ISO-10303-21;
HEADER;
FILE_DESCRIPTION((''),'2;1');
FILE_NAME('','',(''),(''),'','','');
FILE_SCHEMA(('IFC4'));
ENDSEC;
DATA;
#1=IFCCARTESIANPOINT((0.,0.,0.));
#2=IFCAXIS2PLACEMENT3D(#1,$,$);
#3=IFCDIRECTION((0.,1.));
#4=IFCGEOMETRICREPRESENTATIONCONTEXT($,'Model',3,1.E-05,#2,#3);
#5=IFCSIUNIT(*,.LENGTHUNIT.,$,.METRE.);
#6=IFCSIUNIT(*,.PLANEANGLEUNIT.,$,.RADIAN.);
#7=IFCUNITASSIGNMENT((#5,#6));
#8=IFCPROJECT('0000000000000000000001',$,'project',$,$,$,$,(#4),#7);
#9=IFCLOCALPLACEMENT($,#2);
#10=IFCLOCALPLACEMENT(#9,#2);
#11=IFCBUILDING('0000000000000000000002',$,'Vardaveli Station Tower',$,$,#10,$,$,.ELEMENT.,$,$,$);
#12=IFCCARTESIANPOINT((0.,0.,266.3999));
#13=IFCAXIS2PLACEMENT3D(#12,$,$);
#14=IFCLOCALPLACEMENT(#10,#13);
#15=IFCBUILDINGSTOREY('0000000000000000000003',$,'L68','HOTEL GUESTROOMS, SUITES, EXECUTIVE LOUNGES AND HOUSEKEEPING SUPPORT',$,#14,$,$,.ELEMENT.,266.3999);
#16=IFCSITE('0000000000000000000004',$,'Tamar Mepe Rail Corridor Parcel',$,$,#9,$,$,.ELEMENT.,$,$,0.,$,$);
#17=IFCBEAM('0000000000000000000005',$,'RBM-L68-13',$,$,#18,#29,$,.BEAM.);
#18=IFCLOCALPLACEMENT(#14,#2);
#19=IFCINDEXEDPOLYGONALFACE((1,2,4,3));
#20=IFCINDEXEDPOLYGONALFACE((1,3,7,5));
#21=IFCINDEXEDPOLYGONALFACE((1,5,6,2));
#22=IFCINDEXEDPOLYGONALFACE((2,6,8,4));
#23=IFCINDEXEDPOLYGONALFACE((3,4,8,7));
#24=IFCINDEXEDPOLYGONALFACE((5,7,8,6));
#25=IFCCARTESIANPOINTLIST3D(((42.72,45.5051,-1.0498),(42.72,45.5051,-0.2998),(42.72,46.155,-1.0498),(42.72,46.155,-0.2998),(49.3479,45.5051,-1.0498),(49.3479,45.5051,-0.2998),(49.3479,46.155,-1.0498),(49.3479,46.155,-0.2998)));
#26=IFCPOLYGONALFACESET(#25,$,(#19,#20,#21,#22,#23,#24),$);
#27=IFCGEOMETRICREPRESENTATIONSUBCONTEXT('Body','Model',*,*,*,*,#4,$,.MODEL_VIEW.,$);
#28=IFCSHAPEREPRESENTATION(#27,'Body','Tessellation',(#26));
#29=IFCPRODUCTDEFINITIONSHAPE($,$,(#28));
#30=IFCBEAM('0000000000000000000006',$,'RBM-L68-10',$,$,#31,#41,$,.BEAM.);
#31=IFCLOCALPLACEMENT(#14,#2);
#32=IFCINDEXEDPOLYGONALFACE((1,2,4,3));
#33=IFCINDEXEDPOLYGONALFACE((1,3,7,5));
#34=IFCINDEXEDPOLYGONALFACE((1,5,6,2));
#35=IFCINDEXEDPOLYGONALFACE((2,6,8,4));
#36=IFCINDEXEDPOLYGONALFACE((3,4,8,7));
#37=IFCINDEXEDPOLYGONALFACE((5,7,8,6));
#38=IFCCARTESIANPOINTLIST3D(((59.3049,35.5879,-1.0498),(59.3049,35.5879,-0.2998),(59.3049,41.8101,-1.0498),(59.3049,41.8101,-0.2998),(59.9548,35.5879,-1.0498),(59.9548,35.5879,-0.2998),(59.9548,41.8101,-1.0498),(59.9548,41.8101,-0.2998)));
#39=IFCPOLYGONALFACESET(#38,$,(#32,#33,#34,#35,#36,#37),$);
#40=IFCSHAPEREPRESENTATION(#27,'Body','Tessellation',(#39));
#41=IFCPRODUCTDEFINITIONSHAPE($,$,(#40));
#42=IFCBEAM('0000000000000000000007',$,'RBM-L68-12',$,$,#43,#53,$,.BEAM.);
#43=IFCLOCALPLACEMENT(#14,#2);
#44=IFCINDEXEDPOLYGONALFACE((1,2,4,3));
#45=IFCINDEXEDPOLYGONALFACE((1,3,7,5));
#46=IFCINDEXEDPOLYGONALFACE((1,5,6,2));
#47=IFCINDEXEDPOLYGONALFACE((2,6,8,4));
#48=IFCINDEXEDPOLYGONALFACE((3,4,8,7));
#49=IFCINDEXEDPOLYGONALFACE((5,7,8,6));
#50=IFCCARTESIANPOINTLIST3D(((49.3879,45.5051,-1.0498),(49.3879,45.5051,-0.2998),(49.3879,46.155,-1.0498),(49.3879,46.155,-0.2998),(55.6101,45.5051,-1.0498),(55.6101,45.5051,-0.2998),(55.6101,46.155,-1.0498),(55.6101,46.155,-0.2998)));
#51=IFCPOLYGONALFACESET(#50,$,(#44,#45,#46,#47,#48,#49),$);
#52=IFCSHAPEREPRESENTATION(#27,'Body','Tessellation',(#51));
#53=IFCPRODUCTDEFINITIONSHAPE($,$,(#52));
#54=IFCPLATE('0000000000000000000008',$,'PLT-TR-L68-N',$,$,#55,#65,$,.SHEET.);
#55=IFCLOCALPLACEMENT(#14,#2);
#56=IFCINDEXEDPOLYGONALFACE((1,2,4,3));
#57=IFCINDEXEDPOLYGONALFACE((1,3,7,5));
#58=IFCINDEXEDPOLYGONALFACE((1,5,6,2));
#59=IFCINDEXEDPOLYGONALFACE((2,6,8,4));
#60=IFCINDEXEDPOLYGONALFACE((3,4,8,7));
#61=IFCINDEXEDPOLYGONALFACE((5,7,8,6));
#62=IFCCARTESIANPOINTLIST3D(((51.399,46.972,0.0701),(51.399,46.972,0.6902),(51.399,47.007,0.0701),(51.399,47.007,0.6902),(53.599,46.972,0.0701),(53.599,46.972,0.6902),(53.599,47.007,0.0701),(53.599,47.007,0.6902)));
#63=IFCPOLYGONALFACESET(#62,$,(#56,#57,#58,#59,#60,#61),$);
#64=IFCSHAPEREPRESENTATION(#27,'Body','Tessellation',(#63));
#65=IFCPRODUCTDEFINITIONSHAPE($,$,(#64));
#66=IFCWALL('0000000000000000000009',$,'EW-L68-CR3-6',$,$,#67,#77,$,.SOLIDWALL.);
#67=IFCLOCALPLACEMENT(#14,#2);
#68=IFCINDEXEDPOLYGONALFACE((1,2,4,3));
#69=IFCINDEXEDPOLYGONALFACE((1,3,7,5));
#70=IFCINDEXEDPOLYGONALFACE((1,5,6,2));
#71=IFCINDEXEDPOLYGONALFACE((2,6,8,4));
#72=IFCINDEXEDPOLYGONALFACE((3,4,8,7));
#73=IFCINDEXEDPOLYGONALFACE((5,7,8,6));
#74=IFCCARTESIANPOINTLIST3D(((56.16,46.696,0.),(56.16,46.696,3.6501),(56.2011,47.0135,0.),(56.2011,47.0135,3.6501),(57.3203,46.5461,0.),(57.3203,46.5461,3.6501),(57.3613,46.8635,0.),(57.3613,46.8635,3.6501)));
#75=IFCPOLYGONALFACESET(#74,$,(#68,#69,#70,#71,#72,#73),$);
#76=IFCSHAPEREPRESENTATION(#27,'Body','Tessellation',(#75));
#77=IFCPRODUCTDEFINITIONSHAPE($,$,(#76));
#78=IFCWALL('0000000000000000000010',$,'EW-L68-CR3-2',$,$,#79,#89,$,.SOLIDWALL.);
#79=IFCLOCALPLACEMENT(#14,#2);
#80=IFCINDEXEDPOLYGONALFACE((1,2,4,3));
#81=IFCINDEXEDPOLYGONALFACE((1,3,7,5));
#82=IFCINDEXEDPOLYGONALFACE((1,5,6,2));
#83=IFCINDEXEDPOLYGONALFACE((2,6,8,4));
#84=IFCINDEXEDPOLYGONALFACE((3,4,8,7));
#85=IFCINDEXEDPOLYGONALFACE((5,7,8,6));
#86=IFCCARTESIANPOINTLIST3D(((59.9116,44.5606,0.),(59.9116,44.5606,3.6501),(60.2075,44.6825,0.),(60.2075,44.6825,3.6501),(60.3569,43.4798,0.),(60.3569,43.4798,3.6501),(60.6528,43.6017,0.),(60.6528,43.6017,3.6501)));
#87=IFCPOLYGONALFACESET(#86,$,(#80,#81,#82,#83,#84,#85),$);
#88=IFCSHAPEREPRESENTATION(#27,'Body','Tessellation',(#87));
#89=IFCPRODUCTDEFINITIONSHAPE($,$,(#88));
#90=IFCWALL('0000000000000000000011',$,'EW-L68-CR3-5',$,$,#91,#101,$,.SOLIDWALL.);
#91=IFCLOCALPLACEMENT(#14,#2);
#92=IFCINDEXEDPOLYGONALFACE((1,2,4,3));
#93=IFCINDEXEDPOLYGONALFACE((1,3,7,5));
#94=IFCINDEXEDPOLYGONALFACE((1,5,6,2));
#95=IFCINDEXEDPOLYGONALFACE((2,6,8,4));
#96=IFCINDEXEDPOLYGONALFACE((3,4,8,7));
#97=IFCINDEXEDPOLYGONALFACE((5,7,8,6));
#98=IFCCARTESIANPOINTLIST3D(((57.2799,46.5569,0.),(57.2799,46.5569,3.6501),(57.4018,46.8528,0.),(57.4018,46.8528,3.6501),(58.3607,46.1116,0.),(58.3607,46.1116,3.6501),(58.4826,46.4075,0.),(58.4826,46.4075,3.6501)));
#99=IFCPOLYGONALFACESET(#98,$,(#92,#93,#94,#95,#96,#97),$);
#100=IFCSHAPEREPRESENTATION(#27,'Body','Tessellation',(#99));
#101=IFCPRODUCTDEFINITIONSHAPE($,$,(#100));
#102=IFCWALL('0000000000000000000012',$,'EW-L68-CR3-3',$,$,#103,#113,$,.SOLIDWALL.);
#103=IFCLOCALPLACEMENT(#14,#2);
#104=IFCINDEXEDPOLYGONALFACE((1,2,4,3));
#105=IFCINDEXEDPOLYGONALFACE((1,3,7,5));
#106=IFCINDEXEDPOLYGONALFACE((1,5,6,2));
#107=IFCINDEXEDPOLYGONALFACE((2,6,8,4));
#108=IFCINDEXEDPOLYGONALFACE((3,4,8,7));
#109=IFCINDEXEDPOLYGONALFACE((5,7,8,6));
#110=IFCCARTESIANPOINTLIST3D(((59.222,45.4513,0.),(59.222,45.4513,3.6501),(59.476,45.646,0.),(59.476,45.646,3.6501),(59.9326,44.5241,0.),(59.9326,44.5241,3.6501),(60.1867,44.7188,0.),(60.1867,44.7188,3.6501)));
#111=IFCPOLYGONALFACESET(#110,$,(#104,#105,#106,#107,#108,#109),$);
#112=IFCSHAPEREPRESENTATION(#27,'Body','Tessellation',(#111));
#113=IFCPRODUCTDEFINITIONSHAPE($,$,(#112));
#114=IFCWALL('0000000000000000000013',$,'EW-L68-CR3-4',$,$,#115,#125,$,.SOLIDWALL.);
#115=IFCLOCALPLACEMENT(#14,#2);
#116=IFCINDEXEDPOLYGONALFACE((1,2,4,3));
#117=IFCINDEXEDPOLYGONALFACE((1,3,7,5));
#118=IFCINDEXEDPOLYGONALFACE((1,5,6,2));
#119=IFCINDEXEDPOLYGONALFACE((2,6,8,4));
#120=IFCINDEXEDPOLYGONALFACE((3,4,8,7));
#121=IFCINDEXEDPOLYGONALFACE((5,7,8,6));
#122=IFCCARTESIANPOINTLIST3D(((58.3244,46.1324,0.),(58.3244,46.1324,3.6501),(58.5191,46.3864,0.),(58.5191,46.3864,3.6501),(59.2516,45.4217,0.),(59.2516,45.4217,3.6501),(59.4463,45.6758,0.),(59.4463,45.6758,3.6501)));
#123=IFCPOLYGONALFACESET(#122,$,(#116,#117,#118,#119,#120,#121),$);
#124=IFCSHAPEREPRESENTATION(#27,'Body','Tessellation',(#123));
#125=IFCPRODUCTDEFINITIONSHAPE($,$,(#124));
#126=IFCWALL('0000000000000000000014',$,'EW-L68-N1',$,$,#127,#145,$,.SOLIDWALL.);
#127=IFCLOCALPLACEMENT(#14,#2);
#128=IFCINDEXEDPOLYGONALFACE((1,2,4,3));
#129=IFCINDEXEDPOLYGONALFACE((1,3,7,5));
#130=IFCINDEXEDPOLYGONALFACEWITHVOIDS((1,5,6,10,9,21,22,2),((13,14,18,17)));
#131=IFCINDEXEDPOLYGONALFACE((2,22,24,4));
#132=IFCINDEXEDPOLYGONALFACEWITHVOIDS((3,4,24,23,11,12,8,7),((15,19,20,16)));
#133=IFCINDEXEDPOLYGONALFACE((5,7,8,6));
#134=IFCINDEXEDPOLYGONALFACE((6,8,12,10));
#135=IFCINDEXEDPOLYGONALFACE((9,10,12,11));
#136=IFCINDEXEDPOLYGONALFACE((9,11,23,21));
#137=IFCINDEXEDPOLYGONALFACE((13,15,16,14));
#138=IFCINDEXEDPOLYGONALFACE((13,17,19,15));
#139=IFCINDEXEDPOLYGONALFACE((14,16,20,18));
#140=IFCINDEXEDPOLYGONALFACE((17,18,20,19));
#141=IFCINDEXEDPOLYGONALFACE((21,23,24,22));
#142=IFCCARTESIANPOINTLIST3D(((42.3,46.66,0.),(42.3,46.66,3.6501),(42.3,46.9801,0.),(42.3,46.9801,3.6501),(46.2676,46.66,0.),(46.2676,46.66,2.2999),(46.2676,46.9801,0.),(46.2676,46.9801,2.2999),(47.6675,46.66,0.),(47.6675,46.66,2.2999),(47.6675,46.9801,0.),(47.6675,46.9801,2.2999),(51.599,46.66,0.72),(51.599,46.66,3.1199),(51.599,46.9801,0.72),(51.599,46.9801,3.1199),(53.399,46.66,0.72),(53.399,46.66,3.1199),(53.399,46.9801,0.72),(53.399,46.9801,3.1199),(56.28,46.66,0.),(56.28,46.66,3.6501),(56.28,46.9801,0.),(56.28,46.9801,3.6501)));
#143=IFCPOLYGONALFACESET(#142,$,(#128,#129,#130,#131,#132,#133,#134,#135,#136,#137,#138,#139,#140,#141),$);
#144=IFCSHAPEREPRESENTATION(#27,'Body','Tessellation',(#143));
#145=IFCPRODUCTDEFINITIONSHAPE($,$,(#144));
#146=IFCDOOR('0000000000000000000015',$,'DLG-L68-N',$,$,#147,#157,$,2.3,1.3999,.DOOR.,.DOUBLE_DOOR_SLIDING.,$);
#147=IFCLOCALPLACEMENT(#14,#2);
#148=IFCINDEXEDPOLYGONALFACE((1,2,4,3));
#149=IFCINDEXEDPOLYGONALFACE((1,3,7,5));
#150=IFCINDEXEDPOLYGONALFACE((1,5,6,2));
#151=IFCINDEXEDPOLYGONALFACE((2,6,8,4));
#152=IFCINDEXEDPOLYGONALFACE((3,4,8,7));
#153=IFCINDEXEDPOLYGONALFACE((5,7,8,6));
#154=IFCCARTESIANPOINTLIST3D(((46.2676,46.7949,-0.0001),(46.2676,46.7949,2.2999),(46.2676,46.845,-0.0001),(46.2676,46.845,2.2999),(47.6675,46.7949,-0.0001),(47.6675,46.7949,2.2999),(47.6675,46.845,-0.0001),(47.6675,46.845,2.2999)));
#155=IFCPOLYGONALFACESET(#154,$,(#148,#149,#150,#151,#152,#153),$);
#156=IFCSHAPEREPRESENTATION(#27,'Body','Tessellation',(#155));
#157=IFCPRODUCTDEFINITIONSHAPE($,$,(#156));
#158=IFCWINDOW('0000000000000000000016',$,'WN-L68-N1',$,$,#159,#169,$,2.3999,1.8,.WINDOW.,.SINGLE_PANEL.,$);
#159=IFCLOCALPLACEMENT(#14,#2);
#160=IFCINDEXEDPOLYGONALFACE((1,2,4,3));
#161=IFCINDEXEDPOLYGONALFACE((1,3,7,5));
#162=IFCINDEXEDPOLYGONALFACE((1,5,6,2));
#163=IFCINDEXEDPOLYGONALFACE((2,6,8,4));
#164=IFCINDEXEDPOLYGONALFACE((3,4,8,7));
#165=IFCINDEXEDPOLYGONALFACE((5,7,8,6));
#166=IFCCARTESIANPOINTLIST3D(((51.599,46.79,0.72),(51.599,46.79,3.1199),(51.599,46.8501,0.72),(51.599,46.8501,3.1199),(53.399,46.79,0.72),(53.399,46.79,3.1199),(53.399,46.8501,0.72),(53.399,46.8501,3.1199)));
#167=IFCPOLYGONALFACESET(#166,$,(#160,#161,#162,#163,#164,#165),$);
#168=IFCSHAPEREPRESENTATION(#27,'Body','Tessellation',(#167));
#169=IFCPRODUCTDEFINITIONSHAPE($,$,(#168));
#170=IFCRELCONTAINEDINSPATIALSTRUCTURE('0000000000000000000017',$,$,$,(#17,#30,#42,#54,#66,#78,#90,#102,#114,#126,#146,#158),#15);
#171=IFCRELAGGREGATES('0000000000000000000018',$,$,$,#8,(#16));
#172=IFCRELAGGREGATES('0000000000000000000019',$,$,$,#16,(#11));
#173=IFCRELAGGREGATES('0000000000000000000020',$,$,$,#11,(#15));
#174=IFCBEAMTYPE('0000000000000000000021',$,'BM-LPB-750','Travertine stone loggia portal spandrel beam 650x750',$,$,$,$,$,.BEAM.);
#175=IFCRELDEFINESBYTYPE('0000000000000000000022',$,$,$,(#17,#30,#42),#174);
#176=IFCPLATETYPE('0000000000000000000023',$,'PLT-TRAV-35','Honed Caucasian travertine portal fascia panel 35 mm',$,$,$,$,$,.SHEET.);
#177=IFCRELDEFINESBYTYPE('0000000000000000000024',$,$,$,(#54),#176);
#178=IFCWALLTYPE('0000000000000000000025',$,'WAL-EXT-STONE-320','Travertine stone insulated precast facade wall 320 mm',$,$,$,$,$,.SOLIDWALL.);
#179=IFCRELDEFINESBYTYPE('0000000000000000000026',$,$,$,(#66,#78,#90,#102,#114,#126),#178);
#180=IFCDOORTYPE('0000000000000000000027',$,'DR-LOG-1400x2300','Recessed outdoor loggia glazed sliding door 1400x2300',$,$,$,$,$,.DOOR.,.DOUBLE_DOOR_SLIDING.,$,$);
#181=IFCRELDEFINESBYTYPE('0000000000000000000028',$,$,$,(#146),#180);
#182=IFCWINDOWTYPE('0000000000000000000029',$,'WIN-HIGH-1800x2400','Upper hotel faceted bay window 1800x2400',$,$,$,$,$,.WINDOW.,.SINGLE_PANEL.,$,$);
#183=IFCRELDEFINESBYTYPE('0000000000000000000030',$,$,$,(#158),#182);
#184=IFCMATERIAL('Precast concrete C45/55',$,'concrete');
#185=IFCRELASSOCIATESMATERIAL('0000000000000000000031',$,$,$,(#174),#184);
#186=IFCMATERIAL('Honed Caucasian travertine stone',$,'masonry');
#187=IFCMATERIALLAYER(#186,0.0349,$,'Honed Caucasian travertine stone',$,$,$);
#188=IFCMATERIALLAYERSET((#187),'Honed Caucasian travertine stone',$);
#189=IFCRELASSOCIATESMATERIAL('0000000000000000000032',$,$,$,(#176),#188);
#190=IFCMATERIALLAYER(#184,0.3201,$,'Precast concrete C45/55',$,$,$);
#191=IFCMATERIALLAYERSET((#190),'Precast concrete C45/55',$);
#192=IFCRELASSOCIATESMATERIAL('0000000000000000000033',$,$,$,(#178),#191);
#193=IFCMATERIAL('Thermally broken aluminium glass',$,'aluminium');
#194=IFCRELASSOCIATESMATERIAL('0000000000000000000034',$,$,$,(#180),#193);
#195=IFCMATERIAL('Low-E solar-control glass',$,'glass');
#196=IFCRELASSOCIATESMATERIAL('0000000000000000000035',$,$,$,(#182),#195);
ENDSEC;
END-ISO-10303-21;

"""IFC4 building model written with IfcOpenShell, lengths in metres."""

from ifc_helpers import new_model, si_unit, direction, frame, frame_2d, origin, origin_2d, place, context, subcontext, project, spatial, rectangle, extrude, source, transform, mapped, material, layer, layer_set, material_profile, profile_set, type_object, element, fill, save


model = new_model("IFC4")

# Units and contexts
model_context = context("Model", 3, precision=1e-05, world=origin(), true_north=direction((0.0, 1.0)))
body_context = subcontext(model_context, "Body", "Model", "MODEL_VIEW")
ifc_project = project(units=[si_unit("LENGTHUNIT", "METRE"), si_unit("PLANEANGLEUNIT", "RADIAN")], contexts=[model_context])

# Site, building, storey
site_placement = place(None, origin())
site = spatial("IfcSite", under=ifc_project, at=site_placement, Name="Tamar Mepe Rail Corridor Parcel", CompositionType="ELEMENT", RefElevation=0.0)
building_placement = place(site_placement, origin())
building = spatial("IfcBuilding", under=site, at=building_placement, Name="Vardaveli Station Tower", CompositionType="ELEMENT")
storey_placement = place(building_placement, frame((0.0, 0.0, 266.3999)))
storey = spatial("IfcBuildingStorey", under=building, at=storey_placement, Name="L68", Description="HOTEL GUESTROOMS, SUITES, EXECUTIVE LOUNGES AND HOUSEKEEPING SUPPORT", CompositionType="ELEMENT", Elevation=266.3999)

# Beams
ifc_material_1 = material(Name="Precast concrete C45/55", Category="concrete")
ifc_material_profile_1 = material_profile(ifc_material_1, rectangle(XDim=0.6499, YDim=0.75, at=origin_2d()), Name="LPB 650x750")
ifc_profile_set_1 = profile_set([ifc_material_profile_1], Name="Precast concrete C45/55")
beam_type = type_object("IfcBeamType", Name="BM-LPB-750", Description="Travertine stone loggia portal spandrel beam 650x750", PredefinedType="BEAM", material=ifc_profile_set_1)
shared_shape_1 = source(origin(), body_context, "Body", "SweptSolid", [
    extrude(rectangle(XDim=0.6499, YDim=0.75, at=origin_2d()), origin(), (0.0, 0.0, 1.0), 6.6279),
])
beam_1_placement = place(storey_placement, frame((49.3479, 45.8301, -0.6748), z_axis=(-1.0, 0.0, 0.0), x_axis=(0.0, -1.0, 0.0)))
element("IfcBeam", 1, at=beam_1_placement, inside=storey, type_object=beam_type, Name="RBM-L68-13", PredefinedType="BEAM", context=body_context, shape_type="MappedRepresentation", body=[
    mapped(shared_shape_1, transform((0.0, 0.0, 0.0), scale=1.0)),
])
shared_shape_2 = source(origin(), body_context, "Body", "SweptSolid", [
    extrude(rectangle(XDim=0.6499, YDim=0.75, at=origin_2d()), origin(), (0.0, 0.0, 1.0), 6.2222),
])
for number, where, z_axis, x_axis, name in (
    (2, (59.6299, 35.5879, -0.6748), (0.0, 1.0, 0.0), (-1.0, 0.0, 0.0), "RBM-L68-10"),
    (3, (55.6101, 45.8301, -0.6748), (-1.0, 0.0, 0.0), (0.0, -1.0, 0.0), "RBM-L68-12"),
):
    element("IfcBeam", number, at=place(storey_placement, frame(where, z_axis=z_axis, x_axis=x_axis)), inside=storey, type_object=beam_type, Name=name, PredefinedType="BEAM", context=body_context, shape_type="MappedRepresentation", body=[
        mapped(shared_shape_2, transform((0.0, 0.0, 0.0), scale=1.0)),
    ])

# Plate
ifc_material_2 = material(Name="Honed Caucasian travertine stone", Category="masonry")
ifc_layer_1 = layer(ifc_material_2, 0.0349, Name="Honed Caucasian travertine stone")
ifc_layer_set_1 = layer_set([ifc_layer_1], Name="Honed Caucasian travertine stone")
plate_type = type_object("IfcPlateType", Name="PLT-TRAV-35", Description="Honed Caucasian travertine portal fascia panel 35 mm", PredefinedType="SHEET", material=ifc_layer_set_1)
shared_shape_3 = source(origin(), body_context, "Body", "SweptSolid", [
    extrude(rectangle(XDim=2.2, YDim=0.0349, at=origin_2d()), origin(), (0.0, 0.0, 1.0), 0.6201),
])
plate_placement = place(storey_placement, frame((52.499, 46.9895, 0.0701), z_axis=(0.0, 0.0, 1.0), x_axis=(1.0, 0.0, 0.0)))
element("IfcPlate", 4, at=plate_placement, inside=storey, type_object=plate_type, Name="PLT-TR-L68-N", PredefinedType="SHEET", context=body_context, shape_type="MappedRepresentation", body=[
    mapped(shared_shape_3, transform((0.0, 0.0, 0.0), scale=1.0)),
])

# Walls
ifc_layer_2 = layer(ifc_material_1, 0.3201, Name="Precast concrete C45/55")
ifc_layer_set_2 = layer_set([ifc_layer_2], Name="Precast concrete C45/55")
wall_type_1 = type_object("IfcWallType", Name="WAL-EXT-STONE-320", Description="Travertine stone insulated precast facade wall 320 mm", PredefinedType="SOLIDWALL", material=ifc_layer_set_2)
shared_shape_4 = source(origin(), body_context, "Body", "SweptSolid", [
    extrude(rectangle(XDim=1.1699, YDim=0.3201, at=frame_2d((0.585, 0.0))), origin(), (0.0, 0.0, 1.0), 3.6501),
])
wall_1_placement = place(storey_placement, frame((57.3408, 46.7048, 0.0), z_axis=(0.0, 0.0, 1.0), x_axis=(-0.991756, 0.128144, 0.0)))
element("IfcWall", 5, at=wall_1_placement, inside=storey, type_object=wall_type_1, Name="EW-L68-CR3-6", PredefinedType="SOLIDWALL", context=body_context, shape_type="MappedRepresentation", body=[
    mapped(shared_shape_4, transform((0.0, 0.0, 0.0), scale=1.0)),
])
shared_shape_5 = source(origin(), body_context, "Body", "SweptSolid", [
    extrude(rectangle(XDim=1.1689, YDim=0.3201, at=frame_2d((0.5845, 0.0))), origin(), (0.0, 0.0, 1.0), 3.6501),
])
for number, where, z_axis, x_axis, name in (
    (6, (60.5049, 43.5408, 0.0), (0.0, 0.0, 1.0), (-0.380949, 0.924596, 0.0), "EW-L68-CR3-2"),
    (7, (58.4216, 46.2595, 0.0), (0.0, 0.0, 1.0), (-0.924596, 0.380949, 0.0), "EW-L68-CR3-5"),
):
    element("IfcWall", number, at=place(storey_placement, frame(where, z_axis=z_axis, x_axis=x_axis)), inside=storey, type_object=wall_type_1, Name=name, PredefinedType="SOLIDWALL", context=body_context, shape_type="MappedRepresentation", body=[
        mapped(shared_shape_5, transform((0.0, 0.0, 0.0), scale=1.0)),
    ])
shared_shape_6 = source(origin(), body_context, "Body", "SweptSolid", [
    extrude(rectangle(XDim=1.1682, YDim=0.3201, at=frame_2d((0.584, 0.0))), origin(), (0.0, 0.0, 1.0), 3.6501),
])
for number, where, z_axis, x_axis, name in (
    (8, (60.0596, 44.6216, 0.0), (0.0, 0.0, 1.0), (-0.608326, 0.793687, 0.0), "EW-L68-CR3-3"),
    (9, (59.3489, 45.5488, 0.0), (0.0, 0.0, 1.0), (-0.793687, 0.608326, 0.0), "EW-L68-CR3-4"),
):
    element("IfcWall", number, at=place(storey_placement, frame(where, z_axis=z_axis, x_axis=x_axis)), inside=storey, type_object=wall_type_1, Name=name, PredefinedType="SOLIDWALL", context=body_context, shape_type="MappedRepresentation", body=[
        mapped(shared_shape_6, transform((0.0, 0.0, 0.0), scale=1.0)),
    ])

# Wall, openings, door, window
shared_shape_7 = source(origin(), body_context, "Body", "SweptSolid", [
    extrude(rectangle(XDim=13.98, YDim=0.3201, at=frame_2d((6.99, 0.0))), origin(), (0.0, 0.0, 1.0), 3.6501),
])
wall_2_placement = place(storey_placement, frame((56.28, 46.8201, 0.0), z_axis=(0.0, 0.0, 1.0), x_axis=(-1.0, 0.0, 0.0)))
wall_2 = element("IfcWall", 10, at=wall_2_placement, inside=storey, type_object=wall_type_1, Name="EW-L68-N1", PredefinedType="SOLIDWALL", context=body_context, shape_type="MappedRepresentation", body=[
    mapped(shared_shape_7, transform((0.0, 0.0, 0.0), scale=1.0)),
])
shared_shape_8 = source(origin(), body_context, "Body", "SweptSolid", [
    extrude(rectangle(XDim=1.3999, YDim=2.3, at=frame_2d((0.7, 1.1499))), frame((0.0, 0.1699, 0.0), z_axis=(0.0, -1.0, 0.0), x_axis=(1.0, 0.0, 0.0)), (0.0, 0.0, 1.0), 0.3401),
])
opening_1_placement = place(wall_2_placement, frame((8.6125, 0.0, 0.0)))
opening_1 = element("IfcOpeningElement", 11, at=opening_1_placement, cuts=wall_2, PredefinedType="OPENING", context=body_context, shape_type="MappedRepresentation", body=[
    mapped(shared_shape_8, transform((0.0, 0.0, 0.0), scale=1.0)),
])
shared_shape_9 = source(origin(), body_context, "Body", "SweptSolid", [
    extrude(rectangle(XDim=1.8, YDim=2.3999, at=frame_2d((0.8999, 1.2))), frame((0.0, 0.1699, 0.0), z_axis=(0.0, -1.0, 0.0), x_axis=(1.0, 0.0, 0.0)), (0.0, 0.0, 1.0), 0.3401),
])
opening_2_placement = place(wall_2_placement, frame((2.8811, 0.0, 0.72)))
opening_2 = element("IfcOpeningElement", 12, at=opening_2_placement, cuts=wall_2, PredefinedType="OPENING", context=body_context, shape_type="MappedRepresentation", body=[
    mapped(shared_shape_9, transform((0.0, 0.0, 0.0), scale=1.0)),
])
ifc_material_3 = material(Name="Thermally broken aluminium glass", Category="aluminium")
door_type = type_object("IfcDoorType", Name="DR-LOG-1400x2300", Description="Recessed outdoor loggia glazed sliding door 1400x2300", OperationType="DOUBLE_DOOR_SLIDING", PredefinedType="DOOR", material=ifc_material_3)
shared_shape_10 = source(origin(), body_context, "Body", "SweptSolid", [
    extrude(rectangle(XDim=1.3999, YDim=2.3, at=frame_2d((0.7, 1.1499))), frame((0.0, 0.0249, 0.0), z_axis=(0.0, -1.0, 0.0), x_axis=(1.0, 0.0, 0.0)), (0.0, 0.0, 1.0), 0.05),
])
door_placement = place(opening_1_placement, frame((1.3999, 0.0, 0.0), z_axis=(0.0, 0.0, 1.0), x_axis=(-1.0, 0.0, 0.0)))
door = element("IfcDoor", 13, at=door_placement, inside=storey, type_object=door_type, Name="DLG-L68-N", OperationType="DOUBLE_DOOR_SLIDING", OverallHeight=2.3, OverallWidth=1.3999, PredefinedType="DOOR", context=body_context, shape_type="MappedRepresentation", body=[
    mapped(shared_shape_10, transform((0.0, 0.0, 0.0), scale=1.0)),
])
fill(opening_1, door)
ifc_material_4 = material(Name="Low-E solar-control glass", Category="glass")
window_type = type_object("IfcWindowType", Name="WIN-HIGH-1800x2400", Description="Upper hotel faceted bay window 1800x2400", PartitioningType="SINGLE_PANEL", PredefinedType="WINDOW", material=ifc_material_4)
shared_shape_11 = source(origin(), body_context, "Body", "SweptSolid", [
    extrude(rectangle(XDim=1.8, YDim=2.3999, at=frame_2d((0.8999, 1.2))), frame((0.0, 0.03, 0.0), z_axis=(0.0, -1.0, 0.0), x_axis=(1.0, 0.0, 0.0)), (0.0, 0.0, 1.0), 0.0601),
])
window_placement = place(opening_2_placement, origin())
window = element("IfcWindow", 14, at=window_placement, inside=storey, type_object=window_type, Name="WN-L68-N1", OverallHeight=2.3999, OverallWidth=1.8, PartitioningType="SINGLE_PANEL", PredefinedType="WINDOW", context=body_context, shape_type="MappedRepresentation", body=[
    mapped(shared_shape_11, transform((0.0, 0.0, 0.0), scale=1.0)),
])
fill(opening_2, window)

save(model, "model.ifc")
